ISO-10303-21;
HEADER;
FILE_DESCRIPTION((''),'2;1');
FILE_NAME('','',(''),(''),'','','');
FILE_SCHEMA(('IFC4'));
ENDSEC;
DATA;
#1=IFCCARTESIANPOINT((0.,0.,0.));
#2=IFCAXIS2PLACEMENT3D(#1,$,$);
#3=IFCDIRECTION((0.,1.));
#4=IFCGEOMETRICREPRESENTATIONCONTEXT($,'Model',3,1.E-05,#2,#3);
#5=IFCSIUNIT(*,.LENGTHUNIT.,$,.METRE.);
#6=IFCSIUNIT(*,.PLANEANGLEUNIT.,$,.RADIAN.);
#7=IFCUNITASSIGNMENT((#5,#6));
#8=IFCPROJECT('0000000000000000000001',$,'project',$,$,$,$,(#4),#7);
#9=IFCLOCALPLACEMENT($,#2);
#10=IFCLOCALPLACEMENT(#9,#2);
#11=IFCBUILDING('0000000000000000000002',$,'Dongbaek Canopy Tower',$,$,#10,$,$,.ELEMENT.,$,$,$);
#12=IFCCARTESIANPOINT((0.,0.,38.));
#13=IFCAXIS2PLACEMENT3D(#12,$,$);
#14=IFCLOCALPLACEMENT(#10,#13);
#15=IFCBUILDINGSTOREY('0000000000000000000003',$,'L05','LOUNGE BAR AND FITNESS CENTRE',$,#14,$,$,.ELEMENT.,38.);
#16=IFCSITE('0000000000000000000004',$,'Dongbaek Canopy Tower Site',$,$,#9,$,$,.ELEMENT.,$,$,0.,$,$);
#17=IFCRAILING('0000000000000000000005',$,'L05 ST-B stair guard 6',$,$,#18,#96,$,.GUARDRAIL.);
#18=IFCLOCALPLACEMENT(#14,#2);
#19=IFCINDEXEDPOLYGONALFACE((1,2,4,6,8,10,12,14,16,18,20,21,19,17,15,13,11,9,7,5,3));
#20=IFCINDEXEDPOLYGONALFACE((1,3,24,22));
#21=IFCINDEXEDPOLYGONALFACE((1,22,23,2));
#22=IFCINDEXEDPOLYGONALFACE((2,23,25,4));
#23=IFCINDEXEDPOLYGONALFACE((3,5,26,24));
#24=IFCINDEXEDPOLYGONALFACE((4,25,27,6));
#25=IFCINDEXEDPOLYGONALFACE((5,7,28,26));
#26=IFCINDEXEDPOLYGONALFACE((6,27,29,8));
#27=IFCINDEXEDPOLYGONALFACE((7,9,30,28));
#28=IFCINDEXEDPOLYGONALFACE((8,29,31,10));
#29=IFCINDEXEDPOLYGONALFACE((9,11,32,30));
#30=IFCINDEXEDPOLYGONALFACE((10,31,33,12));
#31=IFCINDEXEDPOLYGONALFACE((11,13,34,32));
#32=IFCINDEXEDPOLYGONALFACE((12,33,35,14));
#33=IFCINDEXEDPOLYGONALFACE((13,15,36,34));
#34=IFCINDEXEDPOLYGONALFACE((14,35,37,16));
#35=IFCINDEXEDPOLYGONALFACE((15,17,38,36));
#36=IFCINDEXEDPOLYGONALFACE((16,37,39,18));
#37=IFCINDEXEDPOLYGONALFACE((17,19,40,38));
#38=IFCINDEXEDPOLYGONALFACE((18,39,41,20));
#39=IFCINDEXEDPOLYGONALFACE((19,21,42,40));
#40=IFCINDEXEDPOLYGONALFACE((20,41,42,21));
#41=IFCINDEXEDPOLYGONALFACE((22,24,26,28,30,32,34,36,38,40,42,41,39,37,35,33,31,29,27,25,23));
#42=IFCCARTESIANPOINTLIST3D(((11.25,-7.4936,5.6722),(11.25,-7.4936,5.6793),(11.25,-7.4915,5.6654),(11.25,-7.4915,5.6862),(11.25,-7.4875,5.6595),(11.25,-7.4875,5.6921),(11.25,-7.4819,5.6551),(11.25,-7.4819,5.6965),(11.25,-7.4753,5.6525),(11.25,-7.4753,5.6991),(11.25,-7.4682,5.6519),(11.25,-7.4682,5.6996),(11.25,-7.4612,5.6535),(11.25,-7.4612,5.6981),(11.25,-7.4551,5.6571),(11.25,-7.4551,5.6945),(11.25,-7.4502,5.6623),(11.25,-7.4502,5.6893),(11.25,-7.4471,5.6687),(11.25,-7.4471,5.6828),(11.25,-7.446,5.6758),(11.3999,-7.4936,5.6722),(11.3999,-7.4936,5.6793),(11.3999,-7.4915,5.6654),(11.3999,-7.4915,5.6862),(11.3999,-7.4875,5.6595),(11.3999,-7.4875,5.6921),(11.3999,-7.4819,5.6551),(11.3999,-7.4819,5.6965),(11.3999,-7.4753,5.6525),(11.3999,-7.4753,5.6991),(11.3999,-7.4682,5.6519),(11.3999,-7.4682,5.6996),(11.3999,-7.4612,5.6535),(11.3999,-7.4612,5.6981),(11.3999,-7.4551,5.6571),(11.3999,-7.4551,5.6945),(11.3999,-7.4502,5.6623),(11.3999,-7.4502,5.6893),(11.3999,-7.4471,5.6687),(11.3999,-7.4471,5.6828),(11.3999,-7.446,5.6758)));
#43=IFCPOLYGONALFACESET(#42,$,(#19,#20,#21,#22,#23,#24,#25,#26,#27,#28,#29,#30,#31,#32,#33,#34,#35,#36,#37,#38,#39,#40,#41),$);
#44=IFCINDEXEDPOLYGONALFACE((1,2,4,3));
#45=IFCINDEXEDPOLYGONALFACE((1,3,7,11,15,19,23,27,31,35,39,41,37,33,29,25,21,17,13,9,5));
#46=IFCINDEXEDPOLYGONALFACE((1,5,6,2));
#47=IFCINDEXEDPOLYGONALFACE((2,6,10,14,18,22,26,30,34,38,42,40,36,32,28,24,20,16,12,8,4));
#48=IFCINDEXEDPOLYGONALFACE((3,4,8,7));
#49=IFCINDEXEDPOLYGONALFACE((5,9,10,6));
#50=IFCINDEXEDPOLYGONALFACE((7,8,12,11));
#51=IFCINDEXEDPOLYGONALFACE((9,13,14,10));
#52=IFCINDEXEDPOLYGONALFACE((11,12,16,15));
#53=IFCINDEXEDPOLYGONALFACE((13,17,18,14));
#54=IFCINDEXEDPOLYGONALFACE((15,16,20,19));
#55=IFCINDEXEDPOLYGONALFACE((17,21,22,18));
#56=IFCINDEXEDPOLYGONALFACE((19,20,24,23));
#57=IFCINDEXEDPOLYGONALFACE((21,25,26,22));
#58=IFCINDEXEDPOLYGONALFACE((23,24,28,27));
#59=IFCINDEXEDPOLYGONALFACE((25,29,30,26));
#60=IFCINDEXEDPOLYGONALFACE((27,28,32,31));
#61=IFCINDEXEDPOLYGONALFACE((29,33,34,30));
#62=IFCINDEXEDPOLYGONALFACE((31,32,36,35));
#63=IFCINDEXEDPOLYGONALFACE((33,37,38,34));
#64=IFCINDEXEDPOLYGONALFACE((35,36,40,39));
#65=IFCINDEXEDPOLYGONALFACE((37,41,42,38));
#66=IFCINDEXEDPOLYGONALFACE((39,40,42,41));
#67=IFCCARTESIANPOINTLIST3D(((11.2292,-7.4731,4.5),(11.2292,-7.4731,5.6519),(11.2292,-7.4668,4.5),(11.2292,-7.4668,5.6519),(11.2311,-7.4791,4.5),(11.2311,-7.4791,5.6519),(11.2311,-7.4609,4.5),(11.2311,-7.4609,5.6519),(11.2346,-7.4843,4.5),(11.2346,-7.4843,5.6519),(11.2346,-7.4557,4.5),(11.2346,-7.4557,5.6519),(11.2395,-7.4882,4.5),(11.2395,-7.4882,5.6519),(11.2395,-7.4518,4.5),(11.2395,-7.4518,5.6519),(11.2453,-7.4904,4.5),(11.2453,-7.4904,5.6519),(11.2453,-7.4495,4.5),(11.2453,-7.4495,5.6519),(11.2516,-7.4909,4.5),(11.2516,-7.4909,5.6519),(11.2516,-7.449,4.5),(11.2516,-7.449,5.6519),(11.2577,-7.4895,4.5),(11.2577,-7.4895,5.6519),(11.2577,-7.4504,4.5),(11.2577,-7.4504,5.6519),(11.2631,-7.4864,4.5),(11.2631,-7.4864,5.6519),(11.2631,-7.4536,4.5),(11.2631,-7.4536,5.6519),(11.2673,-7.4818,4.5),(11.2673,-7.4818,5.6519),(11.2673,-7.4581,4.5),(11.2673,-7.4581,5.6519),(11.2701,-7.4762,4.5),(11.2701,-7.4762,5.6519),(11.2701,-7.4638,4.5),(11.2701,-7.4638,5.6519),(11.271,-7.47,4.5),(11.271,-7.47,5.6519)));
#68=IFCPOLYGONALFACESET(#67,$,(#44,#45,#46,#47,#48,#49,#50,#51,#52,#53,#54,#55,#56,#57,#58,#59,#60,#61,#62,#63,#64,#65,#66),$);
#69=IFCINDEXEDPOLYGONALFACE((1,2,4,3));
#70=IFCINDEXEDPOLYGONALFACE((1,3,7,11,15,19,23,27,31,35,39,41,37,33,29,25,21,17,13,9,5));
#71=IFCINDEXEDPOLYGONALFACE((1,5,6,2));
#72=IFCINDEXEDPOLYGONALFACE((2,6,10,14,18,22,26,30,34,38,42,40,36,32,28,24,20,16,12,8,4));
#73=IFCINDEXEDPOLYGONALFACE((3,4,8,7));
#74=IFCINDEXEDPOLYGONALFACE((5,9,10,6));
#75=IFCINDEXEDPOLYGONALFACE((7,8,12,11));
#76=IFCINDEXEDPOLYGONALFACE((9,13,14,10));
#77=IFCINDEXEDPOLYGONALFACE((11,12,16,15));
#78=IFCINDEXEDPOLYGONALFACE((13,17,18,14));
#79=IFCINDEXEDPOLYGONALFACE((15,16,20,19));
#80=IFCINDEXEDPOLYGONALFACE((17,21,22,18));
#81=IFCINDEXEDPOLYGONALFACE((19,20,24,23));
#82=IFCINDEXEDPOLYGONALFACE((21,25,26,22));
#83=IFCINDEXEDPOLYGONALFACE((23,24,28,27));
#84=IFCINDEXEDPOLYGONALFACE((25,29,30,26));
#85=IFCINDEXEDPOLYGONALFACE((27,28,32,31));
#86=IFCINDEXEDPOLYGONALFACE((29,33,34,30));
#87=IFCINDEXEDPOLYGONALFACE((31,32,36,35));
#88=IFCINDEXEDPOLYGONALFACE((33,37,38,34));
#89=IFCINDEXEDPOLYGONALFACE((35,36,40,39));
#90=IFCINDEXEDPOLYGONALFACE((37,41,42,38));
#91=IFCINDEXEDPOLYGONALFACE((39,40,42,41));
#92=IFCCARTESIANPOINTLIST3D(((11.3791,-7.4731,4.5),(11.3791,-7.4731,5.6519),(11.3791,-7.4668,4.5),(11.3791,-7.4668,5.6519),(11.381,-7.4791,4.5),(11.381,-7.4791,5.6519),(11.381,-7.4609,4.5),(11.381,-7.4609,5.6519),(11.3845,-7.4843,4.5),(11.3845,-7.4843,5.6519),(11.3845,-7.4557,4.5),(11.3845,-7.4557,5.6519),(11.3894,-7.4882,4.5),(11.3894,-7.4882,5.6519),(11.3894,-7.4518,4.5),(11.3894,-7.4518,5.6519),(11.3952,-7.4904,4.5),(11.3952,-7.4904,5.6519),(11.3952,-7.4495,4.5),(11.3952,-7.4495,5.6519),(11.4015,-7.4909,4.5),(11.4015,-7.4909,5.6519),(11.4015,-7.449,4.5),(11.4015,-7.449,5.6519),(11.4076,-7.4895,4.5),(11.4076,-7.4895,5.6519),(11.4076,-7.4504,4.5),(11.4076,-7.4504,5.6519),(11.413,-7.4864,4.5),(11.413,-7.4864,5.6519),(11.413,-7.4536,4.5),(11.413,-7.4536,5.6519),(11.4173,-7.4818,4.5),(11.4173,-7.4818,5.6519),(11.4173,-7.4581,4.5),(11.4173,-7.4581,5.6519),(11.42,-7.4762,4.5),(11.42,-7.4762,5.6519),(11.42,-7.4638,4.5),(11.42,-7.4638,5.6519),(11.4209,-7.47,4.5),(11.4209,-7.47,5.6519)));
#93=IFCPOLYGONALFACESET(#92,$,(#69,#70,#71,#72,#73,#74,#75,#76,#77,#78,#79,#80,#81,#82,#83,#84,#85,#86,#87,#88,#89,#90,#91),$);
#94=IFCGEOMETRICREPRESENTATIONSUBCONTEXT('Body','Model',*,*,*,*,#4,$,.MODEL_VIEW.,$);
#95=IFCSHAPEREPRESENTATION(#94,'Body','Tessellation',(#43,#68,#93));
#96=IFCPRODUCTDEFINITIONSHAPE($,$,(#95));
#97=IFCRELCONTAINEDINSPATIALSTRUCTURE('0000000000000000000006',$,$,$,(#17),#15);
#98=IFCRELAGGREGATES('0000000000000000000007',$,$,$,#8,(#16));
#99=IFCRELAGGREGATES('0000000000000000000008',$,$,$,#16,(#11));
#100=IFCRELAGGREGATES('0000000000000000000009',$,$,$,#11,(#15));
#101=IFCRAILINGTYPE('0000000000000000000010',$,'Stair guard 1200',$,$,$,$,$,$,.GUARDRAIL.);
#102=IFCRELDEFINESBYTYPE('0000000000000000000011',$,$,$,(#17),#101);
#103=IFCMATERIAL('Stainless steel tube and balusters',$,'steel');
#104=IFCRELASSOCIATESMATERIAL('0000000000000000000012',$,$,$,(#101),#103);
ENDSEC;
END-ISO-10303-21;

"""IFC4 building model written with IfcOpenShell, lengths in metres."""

from ifc_helpers import new_model, si_unit, direction, frame, origin, origin_2d, place, context, subcontext, project, spatial, circle, extrude, material, type_object, element, save


model = new_model("IFC4")

# Units and contexts
model_context = context("Model", 3, precision=1e-05, world=origin(), true_north=direction((0.0, 1.0)))
body_context = subcontext(model_context, "Body", "Model", "MODEL_VIEW")
ifc_project = project(units=[si_unit("LENGTHUNIT", "METRE"), si_unit("PLANEANGLEUNIT", "RADIAN")], contexts=[model_context])

# Site, building, storey
site_placement = place(None, origin())
site = spatial("IfcSite", under=ifc_project, at=site_placement, Name="Dongbaek Canopy Tower Site", CompositionType="ELEMENT", RefElevation=0.0)
building_placement = place(site_placement, origin())
building = spatial("IfcBuilding", under=site, at=building_placement, Name="Dongbaek Canopy Tower", CompositionType="ELEMENT")
storey_placement = place(building_placement, frame((0.0, 0.0, 38.0)))
storey = spatial("IfcBuildingStorey", under=building, at=storey_placement, Name="L05", Description="LOUNGE BAR AND FITNESS CENTRE", CompositionType="ELEMENT", Elevation=38.0)

# Railing
ifc_material_1 = material(Name="Stainless steel tube and balusters", Category="steel")
railing_type_1 = type_object("IfcRailingType", Name="Stair guard 1200", PredefinedType="GUARDRAIL", material=ifc_material_1)
railing_1_placement = place(storey_placement, frame((11.25, -7.47, 4.5)))
element("IfcRailing", 1, at=railing_1_placement, inside=storey, type_object=railing_type_1, Name="L05 ST-B stair guard 6", PredefinedType="GUARDRAIL", context=body_context, shape_type="SweptSolid", body=[
    extrude(circle(Radius=0.0239, at=origin_2d()), frame((0.0, 0.0, 1.1758), z_axis=(1.0, 0.0, 0.0), x_axis=(0.0, 1.0, 0.0)), (0.0, 0.0, 1.0), 0.1499),
    extrude(circle(Radius=0.021, at=origin_2d()), origin(), (0.0, 0.0, 1.0), 1.1519),
    extrude(circle(Radius=0.021, at=origin_2d()), frame((0.1499, 0.0, 0.0)), (0.0, 0.0, 1.0), 1.1519),
])

save(model, "model.ifc")
